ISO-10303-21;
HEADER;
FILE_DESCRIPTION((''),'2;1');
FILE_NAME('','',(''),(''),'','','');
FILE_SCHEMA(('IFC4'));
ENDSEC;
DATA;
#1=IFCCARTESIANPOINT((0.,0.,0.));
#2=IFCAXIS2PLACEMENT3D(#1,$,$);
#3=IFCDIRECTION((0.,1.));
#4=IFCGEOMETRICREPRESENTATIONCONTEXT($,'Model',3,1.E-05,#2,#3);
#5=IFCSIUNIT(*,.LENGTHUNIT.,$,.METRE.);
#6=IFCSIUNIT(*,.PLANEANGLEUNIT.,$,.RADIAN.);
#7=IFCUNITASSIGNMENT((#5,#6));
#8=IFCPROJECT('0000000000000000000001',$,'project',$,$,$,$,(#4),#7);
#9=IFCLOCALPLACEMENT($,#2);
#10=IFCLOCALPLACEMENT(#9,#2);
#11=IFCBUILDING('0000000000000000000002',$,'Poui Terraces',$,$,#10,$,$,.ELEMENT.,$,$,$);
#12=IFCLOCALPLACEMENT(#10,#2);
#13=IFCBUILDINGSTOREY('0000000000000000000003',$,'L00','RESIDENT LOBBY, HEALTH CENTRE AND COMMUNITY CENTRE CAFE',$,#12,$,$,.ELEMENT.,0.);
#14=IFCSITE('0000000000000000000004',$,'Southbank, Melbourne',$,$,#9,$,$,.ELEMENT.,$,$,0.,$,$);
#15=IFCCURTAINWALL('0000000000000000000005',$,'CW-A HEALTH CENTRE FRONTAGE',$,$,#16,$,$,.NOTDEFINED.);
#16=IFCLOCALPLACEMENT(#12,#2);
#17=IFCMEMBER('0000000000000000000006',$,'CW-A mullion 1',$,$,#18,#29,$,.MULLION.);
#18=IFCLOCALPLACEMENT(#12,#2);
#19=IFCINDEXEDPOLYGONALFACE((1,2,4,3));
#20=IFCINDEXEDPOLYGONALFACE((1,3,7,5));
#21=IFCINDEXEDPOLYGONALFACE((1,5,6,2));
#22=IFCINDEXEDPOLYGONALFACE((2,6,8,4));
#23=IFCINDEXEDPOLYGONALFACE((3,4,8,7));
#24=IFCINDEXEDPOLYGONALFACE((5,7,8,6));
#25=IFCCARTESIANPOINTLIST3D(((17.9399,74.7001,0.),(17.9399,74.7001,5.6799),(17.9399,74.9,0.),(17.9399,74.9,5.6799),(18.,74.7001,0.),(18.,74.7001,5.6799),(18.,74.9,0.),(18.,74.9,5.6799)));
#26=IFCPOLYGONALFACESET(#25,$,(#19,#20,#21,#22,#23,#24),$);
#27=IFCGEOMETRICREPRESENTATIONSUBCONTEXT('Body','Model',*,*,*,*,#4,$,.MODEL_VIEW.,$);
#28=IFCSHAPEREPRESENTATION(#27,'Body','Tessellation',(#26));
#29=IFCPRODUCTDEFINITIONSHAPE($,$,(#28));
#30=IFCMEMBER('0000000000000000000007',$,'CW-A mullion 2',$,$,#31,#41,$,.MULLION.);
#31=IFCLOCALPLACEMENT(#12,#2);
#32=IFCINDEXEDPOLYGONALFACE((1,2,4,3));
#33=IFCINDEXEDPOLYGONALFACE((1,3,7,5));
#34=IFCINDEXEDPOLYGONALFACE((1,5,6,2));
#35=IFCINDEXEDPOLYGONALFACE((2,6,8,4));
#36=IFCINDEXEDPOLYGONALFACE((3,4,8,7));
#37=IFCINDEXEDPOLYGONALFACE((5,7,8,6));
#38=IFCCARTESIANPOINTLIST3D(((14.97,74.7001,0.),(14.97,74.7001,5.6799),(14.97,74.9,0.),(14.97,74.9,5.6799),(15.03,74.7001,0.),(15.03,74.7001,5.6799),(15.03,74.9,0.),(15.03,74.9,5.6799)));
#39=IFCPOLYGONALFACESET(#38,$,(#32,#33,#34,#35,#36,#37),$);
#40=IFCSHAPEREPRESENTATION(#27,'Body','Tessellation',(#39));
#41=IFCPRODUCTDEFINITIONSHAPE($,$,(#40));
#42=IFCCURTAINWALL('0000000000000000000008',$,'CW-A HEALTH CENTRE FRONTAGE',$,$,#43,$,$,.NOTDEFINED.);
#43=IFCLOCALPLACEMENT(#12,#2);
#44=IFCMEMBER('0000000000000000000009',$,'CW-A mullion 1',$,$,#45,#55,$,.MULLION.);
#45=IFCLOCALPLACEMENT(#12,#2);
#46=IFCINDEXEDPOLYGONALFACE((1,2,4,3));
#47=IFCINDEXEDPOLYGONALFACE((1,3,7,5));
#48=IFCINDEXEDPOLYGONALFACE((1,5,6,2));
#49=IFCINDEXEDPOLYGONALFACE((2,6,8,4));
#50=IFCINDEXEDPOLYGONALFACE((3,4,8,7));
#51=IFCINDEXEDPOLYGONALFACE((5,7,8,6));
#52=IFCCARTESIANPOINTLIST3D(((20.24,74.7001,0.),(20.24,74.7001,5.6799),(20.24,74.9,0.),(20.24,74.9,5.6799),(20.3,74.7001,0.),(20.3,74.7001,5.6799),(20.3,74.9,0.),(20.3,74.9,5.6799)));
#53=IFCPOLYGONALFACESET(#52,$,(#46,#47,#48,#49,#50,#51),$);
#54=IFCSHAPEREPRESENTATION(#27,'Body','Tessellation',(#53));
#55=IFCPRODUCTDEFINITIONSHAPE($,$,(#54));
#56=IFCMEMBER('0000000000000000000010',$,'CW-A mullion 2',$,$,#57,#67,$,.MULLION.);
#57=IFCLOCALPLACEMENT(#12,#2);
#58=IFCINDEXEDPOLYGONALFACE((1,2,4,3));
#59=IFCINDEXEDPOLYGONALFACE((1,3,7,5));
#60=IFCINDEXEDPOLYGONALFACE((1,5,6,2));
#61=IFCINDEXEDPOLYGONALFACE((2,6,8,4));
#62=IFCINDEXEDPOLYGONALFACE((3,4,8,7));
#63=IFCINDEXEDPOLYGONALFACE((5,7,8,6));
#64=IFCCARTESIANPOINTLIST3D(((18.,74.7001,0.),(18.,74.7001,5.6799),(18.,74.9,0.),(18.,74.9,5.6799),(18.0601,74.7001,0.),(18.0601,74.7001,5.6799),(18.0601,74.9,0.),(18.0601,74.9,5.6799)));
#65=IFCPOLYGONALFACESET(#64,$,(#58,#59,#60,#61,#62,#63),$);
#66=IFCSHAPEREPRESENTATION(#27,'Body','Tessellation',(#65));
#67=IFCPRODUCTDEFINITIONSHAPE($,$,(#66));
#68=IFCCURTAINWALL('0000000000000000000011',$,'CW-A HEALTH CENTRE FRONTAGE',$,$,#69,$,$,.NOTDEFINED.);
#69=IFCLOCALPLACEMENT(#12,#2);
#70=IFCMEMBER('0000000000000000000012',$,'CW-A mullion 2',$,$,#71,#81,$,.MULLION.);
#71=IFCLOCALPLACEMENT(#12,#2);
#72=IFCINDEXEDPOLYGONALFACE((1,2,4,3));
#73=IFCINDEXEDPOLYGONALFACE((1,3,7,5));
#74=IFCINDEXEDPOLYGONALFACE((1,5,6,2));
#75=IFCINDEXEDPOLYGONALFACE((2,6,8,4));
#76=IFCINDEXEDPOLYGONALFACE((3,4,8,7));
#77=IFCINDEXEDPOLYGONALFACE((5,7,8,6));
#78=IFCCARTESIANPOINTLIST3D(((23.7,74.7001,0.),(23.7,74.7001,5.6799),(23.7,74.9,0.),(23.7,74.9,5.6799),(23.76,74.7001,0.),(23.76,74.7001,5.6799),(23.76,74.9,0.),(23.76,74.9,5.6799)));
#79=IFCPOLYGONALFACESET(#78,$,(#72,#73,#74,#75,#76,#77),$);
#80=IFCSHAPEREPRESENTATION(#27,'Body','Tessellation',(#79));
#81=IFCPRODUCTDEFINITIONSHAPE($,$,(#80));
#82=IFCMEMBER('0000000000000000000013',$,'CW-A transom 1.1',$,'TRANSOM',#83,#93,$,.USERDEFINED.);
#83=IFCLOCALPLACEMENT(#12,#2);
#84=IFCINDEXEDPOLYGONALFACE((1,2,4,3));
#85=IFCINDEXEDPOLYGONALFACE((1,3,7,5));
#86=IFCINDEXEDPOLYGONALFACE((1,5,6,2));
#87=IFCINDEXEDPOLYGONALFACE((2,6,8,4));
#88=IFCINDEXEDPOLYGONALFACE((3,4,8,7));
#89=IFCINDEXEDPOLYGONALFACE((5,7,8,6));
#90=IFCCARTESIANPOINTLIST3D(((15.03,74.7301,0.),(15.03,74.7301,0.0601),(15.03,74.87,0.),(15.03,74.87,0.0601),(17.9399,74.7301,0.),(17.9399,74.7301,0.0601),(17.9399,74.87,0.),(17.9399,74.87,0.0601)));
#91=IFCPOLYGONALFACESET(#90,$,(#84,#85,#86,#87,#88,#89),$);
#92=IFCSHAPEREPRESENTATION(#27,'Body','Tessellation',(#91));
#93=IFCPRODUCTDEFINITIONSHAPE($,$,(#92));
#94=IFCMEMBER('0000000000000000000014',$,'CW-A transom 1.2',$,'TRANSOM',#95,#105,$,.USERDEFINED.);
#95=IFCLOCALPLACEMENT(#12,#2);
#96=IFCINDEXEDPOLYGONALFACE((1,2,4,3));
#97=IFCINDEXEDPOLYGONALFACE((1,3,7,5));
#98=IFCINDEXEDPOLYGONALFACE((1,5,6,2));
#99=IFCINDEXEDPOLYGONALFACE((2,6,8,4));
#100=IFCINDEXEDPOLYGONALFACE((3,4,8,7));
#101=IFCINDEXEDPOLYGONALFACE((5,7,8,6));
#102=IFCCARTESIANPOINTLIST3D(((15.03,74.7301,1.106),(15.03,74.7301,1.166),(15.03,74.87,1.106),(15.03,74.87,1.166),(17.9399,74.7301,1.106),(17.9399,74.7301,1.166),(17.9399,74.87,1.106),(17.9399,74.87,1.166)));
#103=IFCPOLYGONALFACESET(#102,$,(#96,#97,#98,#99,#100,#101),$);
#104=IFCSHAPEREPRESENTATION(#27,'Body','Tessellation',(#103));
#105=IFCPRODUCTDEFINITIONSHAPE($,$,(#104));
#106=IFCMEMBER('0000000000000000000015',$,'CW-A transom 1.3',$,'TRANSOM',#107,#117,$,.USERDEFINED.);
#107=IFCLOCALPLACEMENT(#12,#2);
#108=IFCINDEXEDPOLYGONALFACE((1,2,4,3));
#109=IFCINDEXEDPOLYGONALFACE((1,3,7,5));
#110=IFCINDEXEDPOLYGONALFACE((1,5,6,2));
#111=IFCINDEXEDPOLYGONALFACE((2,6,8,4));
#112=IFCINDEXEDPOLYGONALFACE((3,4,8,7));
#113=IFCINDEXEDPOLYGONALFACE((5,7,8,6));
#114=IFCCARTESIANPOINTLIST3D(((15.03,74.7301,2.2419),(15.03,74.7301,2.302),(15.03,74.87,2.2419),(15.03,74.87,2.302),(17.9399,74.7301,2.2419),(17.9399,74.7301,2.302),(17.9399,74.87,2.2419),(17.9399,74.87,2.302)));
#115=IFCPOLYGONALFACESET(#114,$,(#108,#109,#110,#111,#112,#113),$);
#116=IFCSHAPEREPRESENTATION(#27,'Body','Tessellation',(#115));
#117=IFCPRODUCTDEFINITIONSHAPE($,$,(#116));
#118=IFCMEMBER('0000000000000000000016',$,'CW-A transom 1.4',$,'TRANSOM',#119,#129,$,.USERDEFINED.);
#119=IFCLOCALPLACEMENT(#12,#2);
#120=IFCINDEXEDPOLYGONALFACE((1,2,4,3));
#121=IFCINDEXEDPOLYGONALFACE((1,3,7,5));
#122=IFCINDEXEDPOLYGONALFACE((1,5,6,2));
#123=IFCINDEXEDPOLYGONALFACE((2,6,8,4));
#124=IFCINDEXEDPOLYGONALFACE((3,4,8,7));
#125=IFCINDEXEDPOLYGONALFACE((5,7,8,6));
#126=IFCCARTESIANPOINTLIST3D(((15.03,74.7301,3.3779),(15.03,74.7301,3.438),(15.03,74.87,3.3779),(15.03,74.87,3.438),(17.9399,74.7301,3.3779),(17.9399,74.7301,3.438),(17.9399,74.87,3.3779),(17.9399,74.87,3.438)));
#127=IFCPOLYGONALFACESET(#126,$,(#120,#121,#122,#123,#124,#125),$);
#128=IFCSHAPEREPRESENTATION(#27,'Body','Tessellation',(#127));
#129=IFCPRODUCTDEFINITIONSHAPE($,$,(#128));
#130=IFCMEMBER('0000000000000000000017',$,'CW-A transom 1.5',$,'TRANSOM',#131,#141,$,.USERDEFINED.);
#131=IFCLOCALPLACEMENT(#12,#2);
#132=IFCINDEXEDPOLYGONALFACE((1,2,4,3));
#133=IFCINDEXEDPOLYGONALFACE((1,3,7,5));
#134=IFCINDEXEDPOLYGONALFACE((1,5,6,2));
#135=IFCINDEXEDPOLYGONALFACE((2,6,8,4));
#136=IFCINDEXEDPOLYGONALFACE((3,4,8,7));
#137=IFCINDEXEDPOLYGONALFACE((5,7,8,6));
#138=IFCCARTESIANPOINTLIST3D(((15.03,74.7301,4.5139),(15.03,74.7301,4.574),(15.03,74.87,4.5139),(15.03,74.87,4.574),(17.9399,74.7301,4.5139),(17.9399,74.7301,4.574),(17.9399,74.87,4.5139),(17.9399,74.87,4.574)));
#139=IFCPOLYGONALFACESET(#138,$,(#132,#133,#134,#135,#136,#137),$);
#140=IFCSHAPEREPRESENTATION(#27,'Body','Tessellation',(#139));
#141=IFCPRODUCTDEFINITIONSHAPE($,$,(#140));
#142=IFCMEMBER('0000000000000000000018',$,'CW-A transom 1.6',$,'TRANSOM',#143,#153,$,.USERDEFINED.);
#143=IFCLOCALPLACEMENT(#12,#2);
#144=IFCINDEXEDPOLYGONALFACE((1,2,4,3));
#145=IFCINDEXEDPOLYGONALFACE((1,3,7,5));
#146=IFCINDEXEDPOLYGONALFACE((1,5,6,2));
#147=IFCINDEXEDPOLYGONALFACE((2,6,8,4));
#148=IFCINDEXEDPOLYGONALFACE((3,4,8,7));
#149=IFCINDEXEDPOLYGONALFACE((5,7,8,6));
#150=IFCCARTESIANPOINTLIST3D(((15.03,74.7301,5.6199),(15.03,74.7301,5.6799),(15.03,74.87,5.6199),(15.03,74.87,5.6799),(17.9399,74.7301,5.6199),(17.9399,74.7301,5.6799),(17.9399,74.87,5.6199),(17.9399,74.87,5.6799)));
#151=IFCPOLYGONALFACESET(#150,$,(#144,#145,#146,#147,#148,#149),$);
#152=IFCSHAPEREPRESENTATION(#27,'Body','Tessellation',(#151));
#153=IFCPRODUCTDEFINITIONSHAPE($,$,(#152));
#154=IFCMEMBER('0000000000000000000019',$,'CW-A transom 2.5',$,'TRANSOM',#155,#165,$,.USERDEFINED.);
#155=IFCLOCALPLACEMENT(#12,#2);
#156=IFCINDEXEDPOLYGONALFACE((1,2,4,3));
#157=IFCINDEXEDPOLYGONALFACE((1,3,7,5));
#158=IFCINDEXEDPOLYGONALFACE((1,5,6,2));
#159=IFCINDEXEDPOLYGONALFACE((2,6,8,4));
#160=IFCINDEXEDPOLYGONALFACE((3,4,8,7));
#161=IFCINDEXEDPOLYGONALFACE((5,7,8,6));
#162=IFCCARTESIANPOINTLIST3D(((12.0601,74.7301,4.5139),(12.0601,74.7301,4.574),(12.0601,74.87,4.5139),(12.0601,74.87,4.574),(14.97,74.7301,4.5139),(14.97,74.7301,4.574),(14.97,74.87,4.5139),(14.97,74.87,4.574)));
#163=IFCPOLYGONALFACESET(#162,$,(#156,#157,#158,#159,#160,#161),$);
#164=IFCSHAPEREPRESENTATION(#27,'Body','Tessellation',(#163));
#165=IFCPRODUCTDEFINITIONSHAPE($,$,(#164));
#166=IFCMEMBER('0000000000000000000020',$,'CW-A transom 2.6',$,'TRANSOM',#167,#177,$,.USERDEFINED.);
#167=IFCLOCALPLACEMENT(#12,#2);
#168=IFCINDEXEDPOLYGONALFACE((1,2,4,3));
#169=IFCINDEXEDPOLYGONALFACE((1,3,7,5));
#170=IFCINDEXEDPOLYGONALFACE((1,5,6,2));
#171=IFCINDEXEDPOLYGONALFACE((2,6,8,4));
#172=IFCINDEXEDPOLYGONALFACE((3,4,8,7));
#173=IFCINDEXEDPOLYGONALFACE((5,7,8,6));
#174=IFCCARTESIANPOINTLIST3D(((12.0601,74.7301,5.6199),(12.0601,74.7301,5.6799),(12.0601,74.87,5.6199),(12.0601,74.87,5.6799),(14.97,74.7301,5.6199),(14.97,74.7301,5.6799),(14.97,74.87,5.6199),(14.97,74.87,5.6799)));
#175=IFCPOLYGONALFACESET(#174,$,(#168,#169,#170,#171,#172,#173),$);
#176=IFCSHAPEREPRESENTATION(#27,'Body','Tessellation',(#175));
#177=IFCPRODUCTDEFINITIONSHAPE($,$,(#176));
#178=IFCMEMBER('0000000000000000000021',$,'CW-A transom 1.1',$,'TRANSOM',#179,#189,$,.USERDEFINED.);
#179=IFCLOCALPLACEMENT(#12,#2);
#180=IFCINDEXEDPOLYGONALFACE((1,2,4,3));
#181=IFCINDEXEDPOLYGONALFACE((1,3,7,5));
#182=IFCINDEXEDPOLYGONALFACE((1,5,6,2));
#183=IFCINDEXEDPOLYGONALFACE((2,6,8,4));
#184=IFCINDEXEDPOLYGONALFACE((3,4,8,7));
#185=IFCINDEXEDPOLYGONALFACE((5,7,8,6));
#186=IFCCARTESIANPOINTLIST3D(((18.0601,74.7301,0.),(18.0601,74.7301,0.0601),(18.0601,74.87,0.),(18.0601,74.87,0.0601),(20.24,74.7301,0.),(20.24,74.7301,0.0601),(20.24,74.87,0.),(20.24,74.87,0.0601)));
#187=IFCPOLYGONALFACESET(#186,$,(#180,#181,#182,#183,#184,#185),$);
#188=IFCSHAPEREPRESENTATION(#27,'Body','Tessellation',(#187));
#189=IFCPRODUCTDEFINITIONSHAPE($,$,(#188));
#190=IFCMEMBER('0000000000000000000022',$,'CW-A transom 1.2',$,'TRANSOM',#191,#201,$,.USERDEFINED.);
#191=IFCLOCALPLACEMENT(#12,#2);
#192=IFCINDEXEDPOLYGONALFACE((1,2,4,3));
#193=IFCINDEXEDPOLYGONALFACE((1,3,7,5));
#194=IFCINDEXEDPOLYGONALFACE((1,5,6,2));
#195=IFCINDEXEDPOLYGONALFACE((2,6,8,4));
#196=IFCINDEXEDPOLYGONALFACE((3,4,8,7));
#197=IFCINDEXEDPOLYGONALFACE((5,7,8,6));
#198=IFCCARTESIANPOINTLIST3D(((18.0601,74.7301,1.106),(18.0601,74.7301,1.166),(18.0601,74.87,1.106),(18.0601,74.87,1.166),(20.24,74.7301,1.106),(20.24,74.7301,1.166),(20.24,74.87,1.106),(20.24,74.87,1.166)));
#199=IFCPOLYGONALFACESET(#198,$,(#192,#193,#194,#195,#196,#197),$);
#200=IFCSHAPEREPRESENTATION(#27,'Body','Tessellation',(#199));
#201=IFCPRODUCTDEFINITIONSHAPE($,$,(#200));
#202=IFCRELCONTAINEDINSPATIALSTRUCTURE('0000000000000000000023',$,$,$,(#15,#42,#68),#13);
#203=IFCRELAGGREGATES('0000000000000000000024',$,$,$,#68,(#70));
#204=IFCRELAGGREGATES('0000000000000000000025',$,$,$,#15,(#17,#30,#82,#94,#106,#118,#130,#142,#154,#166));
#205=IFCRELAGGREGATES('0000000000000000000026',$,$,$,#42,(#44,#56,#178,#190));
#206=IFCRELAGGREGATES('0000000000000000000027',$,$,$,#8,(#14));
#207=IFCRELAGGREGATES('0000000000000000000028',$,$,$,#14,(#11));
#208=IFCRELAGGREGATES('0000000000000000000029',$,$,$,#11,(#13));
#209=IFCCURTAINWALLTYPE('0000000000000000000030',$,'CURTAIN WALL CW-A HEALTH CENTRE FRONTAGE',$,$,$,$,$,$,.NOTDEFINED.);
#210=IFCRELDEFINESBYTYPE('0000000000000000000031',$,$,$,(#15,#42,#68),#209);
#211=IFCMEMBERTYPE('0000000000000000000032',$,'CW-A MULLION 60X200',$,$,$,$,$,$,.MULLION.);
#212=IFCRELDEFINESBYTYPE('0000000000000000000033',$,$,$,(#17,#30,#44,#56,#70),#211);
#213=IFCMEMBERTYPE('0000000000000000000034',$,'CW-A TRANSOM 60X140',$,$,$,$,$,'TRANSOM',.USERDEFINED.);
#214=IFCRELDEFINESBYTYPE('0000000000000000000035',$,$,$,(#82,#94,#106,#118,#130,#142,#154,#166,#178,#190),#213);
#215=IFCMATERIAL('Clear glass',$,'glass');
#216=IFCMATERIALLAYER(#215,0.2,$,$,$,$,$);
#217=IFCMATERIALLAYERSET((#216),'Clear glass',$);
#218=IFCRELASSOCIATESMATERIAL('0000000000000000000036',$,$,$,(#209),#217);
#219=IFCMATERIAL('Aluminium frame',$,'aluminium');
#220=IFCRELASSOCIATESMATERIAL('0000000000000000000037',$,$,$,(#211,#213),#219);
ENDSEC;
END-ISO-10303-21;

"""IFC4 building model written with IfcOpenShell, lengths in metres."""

from ifc_helpers import new_model, si_unit, direction, frame, origin, origin_2d, place, context, subcontext, project, spatial, rectangle, extrude, material, layer, layer_set, material_profile, profile_set, type_object, element, aggregate, save


model = new_model("IFC4")

# Units and contexts
model_context = context("Model", 3, precision=1e-05, world=origin(), true_north=direction((0.0, 1.0)))
body_context = subcontext(model_context, "Body", "Model", "MODEL_VIEW")
ifc_project = project(units=[si_unit("LENGTHUNIT", "METRE"), si_unit("PLANEANGLEUNIT", "RADIAN")], contexts=[model_context])

# Site, building, storey
site_placement = place(None, origin())
site = spatial("IfcSite", under=ifc_project, at=site_placement, Name="Southbank, Melbourne", CompositionType="ELEMENT", RefElevation=0.0)
building_placement = place(site_placement, origin())
building = spatial("IfcBuilding", under=site, at=building_placement, Name="Poui Terraces", CompositionType="ELEMENT")
storey_placement = place(building_placement, origin())
storey = spatial("IfcBuildingStorey", under=building, at=storey_placement, Name="L00", Description="RESIDENT LOBBY, HEALTH CENTRE AND COMMUNITY CENTRE CAFE", CompositionType="ELEMENT", Elevation=0.0)

# Curtain walls, members
ifc_material_1 = material(Name="Clear glass", Category="glass")
ifc_layer_1 = layer(ifc_material_1, 0.2)
ifc_layer_set_1 = layer_set([ifc_layer_1], Name="Clear glass")
curtain_wall_type = type_object("IfcCurtainWallType", Name="CURTAIN WALL CW-A HEALTH CENTRE FRONTAGE", PredefinedType="NOTDEFINED", material=ifc_layer_set_1)
curtain_wall_1_placement = place(storey_placement, origin())
curtain_wall_1 = element("IfcCurtainWall", 1, at=curtain_wall_1_placement, inside=storey, type_object=curtain_wall_type, Name="CW-A HEALTH CENTRE FRONTAGE", PredefinedType="NOTDEFINED")
ifc_material_2 = material(Name="Aluminium frame", Category="aluminium")
ifc_material_profile_1 = material_profile(ifc_material_2, rectangle(XDim=0.2, YDim=0.0601, at=origin_2d()), Name="CW-A MULLION 60X200")
ifc_profile_set_1 = profile_set([ifc_material_profile_1], Name="Aluminium frame")
member_type_1 = type_object("IfcMemberType", Name="CW-A MULLION 60X200", PredefinedType="MULLION", material=ifc_profile_set_1)
member_1_placement = place(storey_placement, frame((17.97, 74.8, 0.0), z_axis=(0.0, 0.0, 1.0), x_axis=(0.0, -1.0, 0.0)))
member_1 = element("IfcMember", 2, at=member_1_placement, type_object=member_type_1, Name="CW-A mullion 1", PredefinedType="MULLION", context=body_context, shape_type="SweptSolid", body=[
    extrude(rectangle(XDim=0.2, YDim=0.0601, at=origin_2d()), origin(), (0.0, 0.0, 1.0), 5.6799),
])
member_2_placement = place(storey_placement, frame((15.0, 74.8, 0.0), z_axis=(0.0, 0.0, 1.0), x_axis=(0.0, -1.0, 0.0)))
member_2 = element("IfcMember", 3, at=member_2_placement, type_object=member_type_1, Name="CW-A mullion 2", PredefinedType="MULLION", context=body_context, shape_type="SweptSolid", body=[
    extrude(rectangle(XDim=0.2, YDim=0.0601, at=origin_2d()), origin(), (0.0, 0.0, 1.0), 5.6799),
])
curtain_wall_2_placement = place(storey_placement, origin())
curtain_wall_2 = element("IfcCurtainWall", 4, at=curtain_wall_2_placement, inside=storey, type_object=curtain_wall_type, Name="CW-A HEALTH CENTRE FRONTAGE", PredefinedType="NOTDEFINED")
member_3_placement = place(storey_placement, frame((20.27, 74.8, 0.0), z_axis=(0.0, 0.0, 1.0), x_axis=(0.0, -1.0, 0.0)))
member_3 = element("IfcMember", 5, at=member_3_placement, type_object=member_type_1, Name="CW-A mullion 1", PredefinedType="MULLION", context=body_context, shape_type="SweptSolid", body=[
    extrude(rectangle(XDim=0.2, YDim=0.0601, at=origin_2d()), origin(), (0.0, 0.0, 1.0), 5.6799),
])
member_4_placement = place(storey_placement, frame((18.03, 74.8, 0.0), z_axis=(0.0, 0.0, 1.0), x_axis=(0.0, -1.0, 0.0)))
member_4 = element("IfcMember", 6, at=member_4_placement, type_object=member_type_1, Name="CW-A mullion 2", PredefinedType="MULLION", context=body_context, shape_type="SweptSolid", body=[
    extrude(rectangle(XDim=0.2, YDim=0.0601, at=origin_2d()), origin(), (0.0, 0.0, 1.0), 5.6799),
])

# Curtain wall, member
curtain_wall_3_placement = place(storey_placement, origin())
curtain_wall_3 = element("IfcCurtainWall", 7, at=curtain_wall_3_placement, inside=storey, type_object=curtain_wall_type, Name="CW-A HEALTH CENTRE FRONTAGE", PredefinedType="NOTDEFINED")
member_5_placement = place(storey_placement, frame((23.73, 74.8, 0.0), z_axis=(0.0, 0.0, 1.0), x_axis=(0.0, -1.0, 0.0)))
member_5 = element("IfcMember", 8, at=member_5_placement, type_object=member_type_1, Name="CW-A mullion 2", PredefinedType="MULLION", context=body_context, shape_type="SweptSolid", body=[
    extrude(rectangle(XDim=0.2, YDim=0.0601, at=origin_2d()), origin(), (0.0, 0.0, 1.0), 5.6799),
])
aggregate(curtain_wall_3, [member_5])

# Members
ifc_material_profile_2 = material_profile(ifc_material_2, rectangle(XDim=0.1399, YDim=0.0601, at=origin_2d()), Name="CW-A TRANSOM 60X140")
ifc_profile_set_2 = profile_set([ifc_material_profile_2], Name="Aluminium frame")
member_type_2 = type_object("IfcMemberType", Name="CW-A TRANSOM 60X140", ElementType="TRANSOM", PredefinedType="USERDEFINED", material=ifc_profile_set_2)
member_6_placement = place(storey_placement, frame((17.9399, 74.8, 0.03), z_axis=(-1.0, 0.0, 0.0), x_axis=(0.0, -1.0, 0.0)))
member_6 = element("IfcMember", 9, at=member_6_placement, type_object=member_type_2, Name="CW-A transom 1.1", ObjectType="TRANSOM", PredefinedType="USERDEFINED", context=body_context, shape_type="SweptSolid", body=[
    extrude(rectangle(XDim=0.1399, YDim=0.0601, at=origin_2d()), origin(), (0.0, 0.0, 1.0), 2.9099),
])
member_7_placement = place(storey_placement, frame((17.9399, 74.8, 1.136), z_axis=(-1.0, 0.0, 0.0), x_axis=(0.0, -1.0, 0.0)))
member_7 = element("IfcMember", 10, at=member_7_placement, type_object=member_type_2, Name="CW-A transom 1.2", ObjectType="TRANSOM", PredefinedType="USERDEFINED", context=body_context, shape_type="SweptSolid", body=[
    extrude(rectangle(XDim=0.1399, YDim=0.0601, at=origin_2d()), origin(), (0.0, 0.0, 1.0), 2.9099),
])
member_8_placement = place(storey_placement, frame((17.9399, 74.8, 2.272), z_axis=(-1.0, 0.0, 0.0), x_axis=(0.0, -1.0, 0.0)))
member_8 = element("IfcMember", 11, at=member_8_placement, type_object=member_type_2, Name="CW-A transom 1.3", ObjectType="TRANSOM", PredefinedType="USERDEFINED", context=body_context, shape_type="SweptSolid", body=[
    extrude(rectangle(XDim=0.1399, YDim=0.0601, at=origin_2d()), origin(), (0.0, 0.0, 1.0), 2.9099),
])
member_9_placement = place(storey_placement, frame((17.9399, 74.8, 3.408), z_axis=(-1.0, 0.0, 0.0), x_axis=(0.0, -1.0, 0.0)))
member_9 = element("IfcMember", 12, at=member_9_placement, type_object=member_type_2, Name="CW-A transom 1.4", ObjectType="TRANSOM", PredefinedType="USERDEFINED", context=body_context, shape_type="SweptSolid", body=[
    extrude(rectangle(XDim=0.1399, YDim=0.0601, at=origin_2d()), origin(), (0.0, 0.0, 1.0), 2.9099),
])
member_10_placement = place(storey_placement, frame((17.9399, 74.8, 4.5439), z_axis=(-1.0, 0.0, 0.0), x_axis=(0.0, -1.0, 0.0)))
member_10 = element("IfcMember", 13, at=member_10_placement, type_object=member_type_2, Name="CW-A transom 1.5", ObjectType="TRANSOM", PredefinedType="USERDEFINED", context=body_context, shape_type="SweptSolid", body=[
    extrude(rectangle(XDim=0.1399, YDim=0.0601, at=origin_2d()), origin(), (0.0, 0.0, 1.0), 2.9099),
])
member_11_placement = place(storey_placement, frame((17.9399, 74.8, 5.6499), z_axis=(-1.0, 0.0, 0.0), x_axis=(0.0, -1.0, 0.0)))
member_11 = element("IfcMember", 14, at=member_11_placement, type_object=member_type_2, Name="CW-A transom 1.6", ObjectType="TRANSOM", PredefinedType="USERDEFINED", context=body_context, shape_type="SweptSolid", body=[
    extrude(rectangle(XDim=0.1399, YDim=0.0601, at=origin_2d()), origin(), (0.0, 0.0, 1.0), 2.9099),
])
member_12_placement = place(storey_placement, frame((14.97, 74.8, 4.5439), z_axis=(-1.0, 0.0, 0.0), x_axis=(0.0, -1.0, 0.0)))
member_12 = element("IfcMember", 15, at=member_12_placement, type_object=member_type_2, Name="CW-A transom 2.5", ObjectType="TRANSOM", PredefinedType="USERDEFINED", context=body_context, shape_type="SweptSolid", body=[
    extrude(rectangle(XDim=0.1399, YDim=0.0601, at=origin_2d()), origin(), (0.0, 0.0, 1.0), 2.9099),
])
member_13_placement = place(storey_placement, frame((14.97, 74.8, 5.6499), z_axis=(-1.0, 0.0, 0.0), x_axis=(0.0, -1.0, 0.0)))
member_13 = element("IfcMember", 16, at=member_13_placement, type_object=member_type_2, Name="CW-A transom 2.6", ObjectType="TRANSOM", PredefinedType="USERDEFINED", context=body_context, shape_type="SweptSolid", body=[
    extrude(rectangle(XDim=0.1399, YDim=0.0601, at=origin_2d()), origin(), (0.0, 0.0, 1.0), 2.9099),
])
member_14_placement = place(storey_placement, frame((20.24, 74.8, 0.03), z_axis=(-1.0, 0.0, 0.0), x_axis=(0.0, -1.0, 0.0)))
member_14 = element("IfcMember", 17, at=member_14_placement, type_object=member_type_2, Name="CW-A transom 1.1", ObjectType="TRANSOM", PredefinedType="USERDEFINED", context=body_context, shape_type="SweptSolid", body=[
    extrude(rectangle(XDim=0.1399, YDim=0.0601, at=origin_2d()), origin(), (0.0, 0.0, 1.0), 2.1799),
])
member_15_placement = place(storey_placement, frame((20.24, 74.8, 1.136), z_axis=(-1.0, 0.0, 0.0), x_axis=(0.0, -1.0, 0.0)))
member_15 = element("IfcMember", 18, at=member_15_placement, type_object=member_type_2, Name="CW-A transom 1.2", ObjectType="TRANSOM", PredefinedType="USERDEFINED", context=body_context, shape_type="SweptSolid", body=[
    extrude(rectangle(XDim=0.1399, YDim=0.0601, at=origin_2d()), origin(), (0.0, 0.0, 1.0), 2.1799),
])

aggregate(curtain_wall_1, [member_1, member_2, member_6, member_7, member_8, member_9, member_10, member_11, member_12, member_13])
aggregate(curtain_wall_2, [member_3, member_4, member_14, member_15])

save(model, "model.ifc")
